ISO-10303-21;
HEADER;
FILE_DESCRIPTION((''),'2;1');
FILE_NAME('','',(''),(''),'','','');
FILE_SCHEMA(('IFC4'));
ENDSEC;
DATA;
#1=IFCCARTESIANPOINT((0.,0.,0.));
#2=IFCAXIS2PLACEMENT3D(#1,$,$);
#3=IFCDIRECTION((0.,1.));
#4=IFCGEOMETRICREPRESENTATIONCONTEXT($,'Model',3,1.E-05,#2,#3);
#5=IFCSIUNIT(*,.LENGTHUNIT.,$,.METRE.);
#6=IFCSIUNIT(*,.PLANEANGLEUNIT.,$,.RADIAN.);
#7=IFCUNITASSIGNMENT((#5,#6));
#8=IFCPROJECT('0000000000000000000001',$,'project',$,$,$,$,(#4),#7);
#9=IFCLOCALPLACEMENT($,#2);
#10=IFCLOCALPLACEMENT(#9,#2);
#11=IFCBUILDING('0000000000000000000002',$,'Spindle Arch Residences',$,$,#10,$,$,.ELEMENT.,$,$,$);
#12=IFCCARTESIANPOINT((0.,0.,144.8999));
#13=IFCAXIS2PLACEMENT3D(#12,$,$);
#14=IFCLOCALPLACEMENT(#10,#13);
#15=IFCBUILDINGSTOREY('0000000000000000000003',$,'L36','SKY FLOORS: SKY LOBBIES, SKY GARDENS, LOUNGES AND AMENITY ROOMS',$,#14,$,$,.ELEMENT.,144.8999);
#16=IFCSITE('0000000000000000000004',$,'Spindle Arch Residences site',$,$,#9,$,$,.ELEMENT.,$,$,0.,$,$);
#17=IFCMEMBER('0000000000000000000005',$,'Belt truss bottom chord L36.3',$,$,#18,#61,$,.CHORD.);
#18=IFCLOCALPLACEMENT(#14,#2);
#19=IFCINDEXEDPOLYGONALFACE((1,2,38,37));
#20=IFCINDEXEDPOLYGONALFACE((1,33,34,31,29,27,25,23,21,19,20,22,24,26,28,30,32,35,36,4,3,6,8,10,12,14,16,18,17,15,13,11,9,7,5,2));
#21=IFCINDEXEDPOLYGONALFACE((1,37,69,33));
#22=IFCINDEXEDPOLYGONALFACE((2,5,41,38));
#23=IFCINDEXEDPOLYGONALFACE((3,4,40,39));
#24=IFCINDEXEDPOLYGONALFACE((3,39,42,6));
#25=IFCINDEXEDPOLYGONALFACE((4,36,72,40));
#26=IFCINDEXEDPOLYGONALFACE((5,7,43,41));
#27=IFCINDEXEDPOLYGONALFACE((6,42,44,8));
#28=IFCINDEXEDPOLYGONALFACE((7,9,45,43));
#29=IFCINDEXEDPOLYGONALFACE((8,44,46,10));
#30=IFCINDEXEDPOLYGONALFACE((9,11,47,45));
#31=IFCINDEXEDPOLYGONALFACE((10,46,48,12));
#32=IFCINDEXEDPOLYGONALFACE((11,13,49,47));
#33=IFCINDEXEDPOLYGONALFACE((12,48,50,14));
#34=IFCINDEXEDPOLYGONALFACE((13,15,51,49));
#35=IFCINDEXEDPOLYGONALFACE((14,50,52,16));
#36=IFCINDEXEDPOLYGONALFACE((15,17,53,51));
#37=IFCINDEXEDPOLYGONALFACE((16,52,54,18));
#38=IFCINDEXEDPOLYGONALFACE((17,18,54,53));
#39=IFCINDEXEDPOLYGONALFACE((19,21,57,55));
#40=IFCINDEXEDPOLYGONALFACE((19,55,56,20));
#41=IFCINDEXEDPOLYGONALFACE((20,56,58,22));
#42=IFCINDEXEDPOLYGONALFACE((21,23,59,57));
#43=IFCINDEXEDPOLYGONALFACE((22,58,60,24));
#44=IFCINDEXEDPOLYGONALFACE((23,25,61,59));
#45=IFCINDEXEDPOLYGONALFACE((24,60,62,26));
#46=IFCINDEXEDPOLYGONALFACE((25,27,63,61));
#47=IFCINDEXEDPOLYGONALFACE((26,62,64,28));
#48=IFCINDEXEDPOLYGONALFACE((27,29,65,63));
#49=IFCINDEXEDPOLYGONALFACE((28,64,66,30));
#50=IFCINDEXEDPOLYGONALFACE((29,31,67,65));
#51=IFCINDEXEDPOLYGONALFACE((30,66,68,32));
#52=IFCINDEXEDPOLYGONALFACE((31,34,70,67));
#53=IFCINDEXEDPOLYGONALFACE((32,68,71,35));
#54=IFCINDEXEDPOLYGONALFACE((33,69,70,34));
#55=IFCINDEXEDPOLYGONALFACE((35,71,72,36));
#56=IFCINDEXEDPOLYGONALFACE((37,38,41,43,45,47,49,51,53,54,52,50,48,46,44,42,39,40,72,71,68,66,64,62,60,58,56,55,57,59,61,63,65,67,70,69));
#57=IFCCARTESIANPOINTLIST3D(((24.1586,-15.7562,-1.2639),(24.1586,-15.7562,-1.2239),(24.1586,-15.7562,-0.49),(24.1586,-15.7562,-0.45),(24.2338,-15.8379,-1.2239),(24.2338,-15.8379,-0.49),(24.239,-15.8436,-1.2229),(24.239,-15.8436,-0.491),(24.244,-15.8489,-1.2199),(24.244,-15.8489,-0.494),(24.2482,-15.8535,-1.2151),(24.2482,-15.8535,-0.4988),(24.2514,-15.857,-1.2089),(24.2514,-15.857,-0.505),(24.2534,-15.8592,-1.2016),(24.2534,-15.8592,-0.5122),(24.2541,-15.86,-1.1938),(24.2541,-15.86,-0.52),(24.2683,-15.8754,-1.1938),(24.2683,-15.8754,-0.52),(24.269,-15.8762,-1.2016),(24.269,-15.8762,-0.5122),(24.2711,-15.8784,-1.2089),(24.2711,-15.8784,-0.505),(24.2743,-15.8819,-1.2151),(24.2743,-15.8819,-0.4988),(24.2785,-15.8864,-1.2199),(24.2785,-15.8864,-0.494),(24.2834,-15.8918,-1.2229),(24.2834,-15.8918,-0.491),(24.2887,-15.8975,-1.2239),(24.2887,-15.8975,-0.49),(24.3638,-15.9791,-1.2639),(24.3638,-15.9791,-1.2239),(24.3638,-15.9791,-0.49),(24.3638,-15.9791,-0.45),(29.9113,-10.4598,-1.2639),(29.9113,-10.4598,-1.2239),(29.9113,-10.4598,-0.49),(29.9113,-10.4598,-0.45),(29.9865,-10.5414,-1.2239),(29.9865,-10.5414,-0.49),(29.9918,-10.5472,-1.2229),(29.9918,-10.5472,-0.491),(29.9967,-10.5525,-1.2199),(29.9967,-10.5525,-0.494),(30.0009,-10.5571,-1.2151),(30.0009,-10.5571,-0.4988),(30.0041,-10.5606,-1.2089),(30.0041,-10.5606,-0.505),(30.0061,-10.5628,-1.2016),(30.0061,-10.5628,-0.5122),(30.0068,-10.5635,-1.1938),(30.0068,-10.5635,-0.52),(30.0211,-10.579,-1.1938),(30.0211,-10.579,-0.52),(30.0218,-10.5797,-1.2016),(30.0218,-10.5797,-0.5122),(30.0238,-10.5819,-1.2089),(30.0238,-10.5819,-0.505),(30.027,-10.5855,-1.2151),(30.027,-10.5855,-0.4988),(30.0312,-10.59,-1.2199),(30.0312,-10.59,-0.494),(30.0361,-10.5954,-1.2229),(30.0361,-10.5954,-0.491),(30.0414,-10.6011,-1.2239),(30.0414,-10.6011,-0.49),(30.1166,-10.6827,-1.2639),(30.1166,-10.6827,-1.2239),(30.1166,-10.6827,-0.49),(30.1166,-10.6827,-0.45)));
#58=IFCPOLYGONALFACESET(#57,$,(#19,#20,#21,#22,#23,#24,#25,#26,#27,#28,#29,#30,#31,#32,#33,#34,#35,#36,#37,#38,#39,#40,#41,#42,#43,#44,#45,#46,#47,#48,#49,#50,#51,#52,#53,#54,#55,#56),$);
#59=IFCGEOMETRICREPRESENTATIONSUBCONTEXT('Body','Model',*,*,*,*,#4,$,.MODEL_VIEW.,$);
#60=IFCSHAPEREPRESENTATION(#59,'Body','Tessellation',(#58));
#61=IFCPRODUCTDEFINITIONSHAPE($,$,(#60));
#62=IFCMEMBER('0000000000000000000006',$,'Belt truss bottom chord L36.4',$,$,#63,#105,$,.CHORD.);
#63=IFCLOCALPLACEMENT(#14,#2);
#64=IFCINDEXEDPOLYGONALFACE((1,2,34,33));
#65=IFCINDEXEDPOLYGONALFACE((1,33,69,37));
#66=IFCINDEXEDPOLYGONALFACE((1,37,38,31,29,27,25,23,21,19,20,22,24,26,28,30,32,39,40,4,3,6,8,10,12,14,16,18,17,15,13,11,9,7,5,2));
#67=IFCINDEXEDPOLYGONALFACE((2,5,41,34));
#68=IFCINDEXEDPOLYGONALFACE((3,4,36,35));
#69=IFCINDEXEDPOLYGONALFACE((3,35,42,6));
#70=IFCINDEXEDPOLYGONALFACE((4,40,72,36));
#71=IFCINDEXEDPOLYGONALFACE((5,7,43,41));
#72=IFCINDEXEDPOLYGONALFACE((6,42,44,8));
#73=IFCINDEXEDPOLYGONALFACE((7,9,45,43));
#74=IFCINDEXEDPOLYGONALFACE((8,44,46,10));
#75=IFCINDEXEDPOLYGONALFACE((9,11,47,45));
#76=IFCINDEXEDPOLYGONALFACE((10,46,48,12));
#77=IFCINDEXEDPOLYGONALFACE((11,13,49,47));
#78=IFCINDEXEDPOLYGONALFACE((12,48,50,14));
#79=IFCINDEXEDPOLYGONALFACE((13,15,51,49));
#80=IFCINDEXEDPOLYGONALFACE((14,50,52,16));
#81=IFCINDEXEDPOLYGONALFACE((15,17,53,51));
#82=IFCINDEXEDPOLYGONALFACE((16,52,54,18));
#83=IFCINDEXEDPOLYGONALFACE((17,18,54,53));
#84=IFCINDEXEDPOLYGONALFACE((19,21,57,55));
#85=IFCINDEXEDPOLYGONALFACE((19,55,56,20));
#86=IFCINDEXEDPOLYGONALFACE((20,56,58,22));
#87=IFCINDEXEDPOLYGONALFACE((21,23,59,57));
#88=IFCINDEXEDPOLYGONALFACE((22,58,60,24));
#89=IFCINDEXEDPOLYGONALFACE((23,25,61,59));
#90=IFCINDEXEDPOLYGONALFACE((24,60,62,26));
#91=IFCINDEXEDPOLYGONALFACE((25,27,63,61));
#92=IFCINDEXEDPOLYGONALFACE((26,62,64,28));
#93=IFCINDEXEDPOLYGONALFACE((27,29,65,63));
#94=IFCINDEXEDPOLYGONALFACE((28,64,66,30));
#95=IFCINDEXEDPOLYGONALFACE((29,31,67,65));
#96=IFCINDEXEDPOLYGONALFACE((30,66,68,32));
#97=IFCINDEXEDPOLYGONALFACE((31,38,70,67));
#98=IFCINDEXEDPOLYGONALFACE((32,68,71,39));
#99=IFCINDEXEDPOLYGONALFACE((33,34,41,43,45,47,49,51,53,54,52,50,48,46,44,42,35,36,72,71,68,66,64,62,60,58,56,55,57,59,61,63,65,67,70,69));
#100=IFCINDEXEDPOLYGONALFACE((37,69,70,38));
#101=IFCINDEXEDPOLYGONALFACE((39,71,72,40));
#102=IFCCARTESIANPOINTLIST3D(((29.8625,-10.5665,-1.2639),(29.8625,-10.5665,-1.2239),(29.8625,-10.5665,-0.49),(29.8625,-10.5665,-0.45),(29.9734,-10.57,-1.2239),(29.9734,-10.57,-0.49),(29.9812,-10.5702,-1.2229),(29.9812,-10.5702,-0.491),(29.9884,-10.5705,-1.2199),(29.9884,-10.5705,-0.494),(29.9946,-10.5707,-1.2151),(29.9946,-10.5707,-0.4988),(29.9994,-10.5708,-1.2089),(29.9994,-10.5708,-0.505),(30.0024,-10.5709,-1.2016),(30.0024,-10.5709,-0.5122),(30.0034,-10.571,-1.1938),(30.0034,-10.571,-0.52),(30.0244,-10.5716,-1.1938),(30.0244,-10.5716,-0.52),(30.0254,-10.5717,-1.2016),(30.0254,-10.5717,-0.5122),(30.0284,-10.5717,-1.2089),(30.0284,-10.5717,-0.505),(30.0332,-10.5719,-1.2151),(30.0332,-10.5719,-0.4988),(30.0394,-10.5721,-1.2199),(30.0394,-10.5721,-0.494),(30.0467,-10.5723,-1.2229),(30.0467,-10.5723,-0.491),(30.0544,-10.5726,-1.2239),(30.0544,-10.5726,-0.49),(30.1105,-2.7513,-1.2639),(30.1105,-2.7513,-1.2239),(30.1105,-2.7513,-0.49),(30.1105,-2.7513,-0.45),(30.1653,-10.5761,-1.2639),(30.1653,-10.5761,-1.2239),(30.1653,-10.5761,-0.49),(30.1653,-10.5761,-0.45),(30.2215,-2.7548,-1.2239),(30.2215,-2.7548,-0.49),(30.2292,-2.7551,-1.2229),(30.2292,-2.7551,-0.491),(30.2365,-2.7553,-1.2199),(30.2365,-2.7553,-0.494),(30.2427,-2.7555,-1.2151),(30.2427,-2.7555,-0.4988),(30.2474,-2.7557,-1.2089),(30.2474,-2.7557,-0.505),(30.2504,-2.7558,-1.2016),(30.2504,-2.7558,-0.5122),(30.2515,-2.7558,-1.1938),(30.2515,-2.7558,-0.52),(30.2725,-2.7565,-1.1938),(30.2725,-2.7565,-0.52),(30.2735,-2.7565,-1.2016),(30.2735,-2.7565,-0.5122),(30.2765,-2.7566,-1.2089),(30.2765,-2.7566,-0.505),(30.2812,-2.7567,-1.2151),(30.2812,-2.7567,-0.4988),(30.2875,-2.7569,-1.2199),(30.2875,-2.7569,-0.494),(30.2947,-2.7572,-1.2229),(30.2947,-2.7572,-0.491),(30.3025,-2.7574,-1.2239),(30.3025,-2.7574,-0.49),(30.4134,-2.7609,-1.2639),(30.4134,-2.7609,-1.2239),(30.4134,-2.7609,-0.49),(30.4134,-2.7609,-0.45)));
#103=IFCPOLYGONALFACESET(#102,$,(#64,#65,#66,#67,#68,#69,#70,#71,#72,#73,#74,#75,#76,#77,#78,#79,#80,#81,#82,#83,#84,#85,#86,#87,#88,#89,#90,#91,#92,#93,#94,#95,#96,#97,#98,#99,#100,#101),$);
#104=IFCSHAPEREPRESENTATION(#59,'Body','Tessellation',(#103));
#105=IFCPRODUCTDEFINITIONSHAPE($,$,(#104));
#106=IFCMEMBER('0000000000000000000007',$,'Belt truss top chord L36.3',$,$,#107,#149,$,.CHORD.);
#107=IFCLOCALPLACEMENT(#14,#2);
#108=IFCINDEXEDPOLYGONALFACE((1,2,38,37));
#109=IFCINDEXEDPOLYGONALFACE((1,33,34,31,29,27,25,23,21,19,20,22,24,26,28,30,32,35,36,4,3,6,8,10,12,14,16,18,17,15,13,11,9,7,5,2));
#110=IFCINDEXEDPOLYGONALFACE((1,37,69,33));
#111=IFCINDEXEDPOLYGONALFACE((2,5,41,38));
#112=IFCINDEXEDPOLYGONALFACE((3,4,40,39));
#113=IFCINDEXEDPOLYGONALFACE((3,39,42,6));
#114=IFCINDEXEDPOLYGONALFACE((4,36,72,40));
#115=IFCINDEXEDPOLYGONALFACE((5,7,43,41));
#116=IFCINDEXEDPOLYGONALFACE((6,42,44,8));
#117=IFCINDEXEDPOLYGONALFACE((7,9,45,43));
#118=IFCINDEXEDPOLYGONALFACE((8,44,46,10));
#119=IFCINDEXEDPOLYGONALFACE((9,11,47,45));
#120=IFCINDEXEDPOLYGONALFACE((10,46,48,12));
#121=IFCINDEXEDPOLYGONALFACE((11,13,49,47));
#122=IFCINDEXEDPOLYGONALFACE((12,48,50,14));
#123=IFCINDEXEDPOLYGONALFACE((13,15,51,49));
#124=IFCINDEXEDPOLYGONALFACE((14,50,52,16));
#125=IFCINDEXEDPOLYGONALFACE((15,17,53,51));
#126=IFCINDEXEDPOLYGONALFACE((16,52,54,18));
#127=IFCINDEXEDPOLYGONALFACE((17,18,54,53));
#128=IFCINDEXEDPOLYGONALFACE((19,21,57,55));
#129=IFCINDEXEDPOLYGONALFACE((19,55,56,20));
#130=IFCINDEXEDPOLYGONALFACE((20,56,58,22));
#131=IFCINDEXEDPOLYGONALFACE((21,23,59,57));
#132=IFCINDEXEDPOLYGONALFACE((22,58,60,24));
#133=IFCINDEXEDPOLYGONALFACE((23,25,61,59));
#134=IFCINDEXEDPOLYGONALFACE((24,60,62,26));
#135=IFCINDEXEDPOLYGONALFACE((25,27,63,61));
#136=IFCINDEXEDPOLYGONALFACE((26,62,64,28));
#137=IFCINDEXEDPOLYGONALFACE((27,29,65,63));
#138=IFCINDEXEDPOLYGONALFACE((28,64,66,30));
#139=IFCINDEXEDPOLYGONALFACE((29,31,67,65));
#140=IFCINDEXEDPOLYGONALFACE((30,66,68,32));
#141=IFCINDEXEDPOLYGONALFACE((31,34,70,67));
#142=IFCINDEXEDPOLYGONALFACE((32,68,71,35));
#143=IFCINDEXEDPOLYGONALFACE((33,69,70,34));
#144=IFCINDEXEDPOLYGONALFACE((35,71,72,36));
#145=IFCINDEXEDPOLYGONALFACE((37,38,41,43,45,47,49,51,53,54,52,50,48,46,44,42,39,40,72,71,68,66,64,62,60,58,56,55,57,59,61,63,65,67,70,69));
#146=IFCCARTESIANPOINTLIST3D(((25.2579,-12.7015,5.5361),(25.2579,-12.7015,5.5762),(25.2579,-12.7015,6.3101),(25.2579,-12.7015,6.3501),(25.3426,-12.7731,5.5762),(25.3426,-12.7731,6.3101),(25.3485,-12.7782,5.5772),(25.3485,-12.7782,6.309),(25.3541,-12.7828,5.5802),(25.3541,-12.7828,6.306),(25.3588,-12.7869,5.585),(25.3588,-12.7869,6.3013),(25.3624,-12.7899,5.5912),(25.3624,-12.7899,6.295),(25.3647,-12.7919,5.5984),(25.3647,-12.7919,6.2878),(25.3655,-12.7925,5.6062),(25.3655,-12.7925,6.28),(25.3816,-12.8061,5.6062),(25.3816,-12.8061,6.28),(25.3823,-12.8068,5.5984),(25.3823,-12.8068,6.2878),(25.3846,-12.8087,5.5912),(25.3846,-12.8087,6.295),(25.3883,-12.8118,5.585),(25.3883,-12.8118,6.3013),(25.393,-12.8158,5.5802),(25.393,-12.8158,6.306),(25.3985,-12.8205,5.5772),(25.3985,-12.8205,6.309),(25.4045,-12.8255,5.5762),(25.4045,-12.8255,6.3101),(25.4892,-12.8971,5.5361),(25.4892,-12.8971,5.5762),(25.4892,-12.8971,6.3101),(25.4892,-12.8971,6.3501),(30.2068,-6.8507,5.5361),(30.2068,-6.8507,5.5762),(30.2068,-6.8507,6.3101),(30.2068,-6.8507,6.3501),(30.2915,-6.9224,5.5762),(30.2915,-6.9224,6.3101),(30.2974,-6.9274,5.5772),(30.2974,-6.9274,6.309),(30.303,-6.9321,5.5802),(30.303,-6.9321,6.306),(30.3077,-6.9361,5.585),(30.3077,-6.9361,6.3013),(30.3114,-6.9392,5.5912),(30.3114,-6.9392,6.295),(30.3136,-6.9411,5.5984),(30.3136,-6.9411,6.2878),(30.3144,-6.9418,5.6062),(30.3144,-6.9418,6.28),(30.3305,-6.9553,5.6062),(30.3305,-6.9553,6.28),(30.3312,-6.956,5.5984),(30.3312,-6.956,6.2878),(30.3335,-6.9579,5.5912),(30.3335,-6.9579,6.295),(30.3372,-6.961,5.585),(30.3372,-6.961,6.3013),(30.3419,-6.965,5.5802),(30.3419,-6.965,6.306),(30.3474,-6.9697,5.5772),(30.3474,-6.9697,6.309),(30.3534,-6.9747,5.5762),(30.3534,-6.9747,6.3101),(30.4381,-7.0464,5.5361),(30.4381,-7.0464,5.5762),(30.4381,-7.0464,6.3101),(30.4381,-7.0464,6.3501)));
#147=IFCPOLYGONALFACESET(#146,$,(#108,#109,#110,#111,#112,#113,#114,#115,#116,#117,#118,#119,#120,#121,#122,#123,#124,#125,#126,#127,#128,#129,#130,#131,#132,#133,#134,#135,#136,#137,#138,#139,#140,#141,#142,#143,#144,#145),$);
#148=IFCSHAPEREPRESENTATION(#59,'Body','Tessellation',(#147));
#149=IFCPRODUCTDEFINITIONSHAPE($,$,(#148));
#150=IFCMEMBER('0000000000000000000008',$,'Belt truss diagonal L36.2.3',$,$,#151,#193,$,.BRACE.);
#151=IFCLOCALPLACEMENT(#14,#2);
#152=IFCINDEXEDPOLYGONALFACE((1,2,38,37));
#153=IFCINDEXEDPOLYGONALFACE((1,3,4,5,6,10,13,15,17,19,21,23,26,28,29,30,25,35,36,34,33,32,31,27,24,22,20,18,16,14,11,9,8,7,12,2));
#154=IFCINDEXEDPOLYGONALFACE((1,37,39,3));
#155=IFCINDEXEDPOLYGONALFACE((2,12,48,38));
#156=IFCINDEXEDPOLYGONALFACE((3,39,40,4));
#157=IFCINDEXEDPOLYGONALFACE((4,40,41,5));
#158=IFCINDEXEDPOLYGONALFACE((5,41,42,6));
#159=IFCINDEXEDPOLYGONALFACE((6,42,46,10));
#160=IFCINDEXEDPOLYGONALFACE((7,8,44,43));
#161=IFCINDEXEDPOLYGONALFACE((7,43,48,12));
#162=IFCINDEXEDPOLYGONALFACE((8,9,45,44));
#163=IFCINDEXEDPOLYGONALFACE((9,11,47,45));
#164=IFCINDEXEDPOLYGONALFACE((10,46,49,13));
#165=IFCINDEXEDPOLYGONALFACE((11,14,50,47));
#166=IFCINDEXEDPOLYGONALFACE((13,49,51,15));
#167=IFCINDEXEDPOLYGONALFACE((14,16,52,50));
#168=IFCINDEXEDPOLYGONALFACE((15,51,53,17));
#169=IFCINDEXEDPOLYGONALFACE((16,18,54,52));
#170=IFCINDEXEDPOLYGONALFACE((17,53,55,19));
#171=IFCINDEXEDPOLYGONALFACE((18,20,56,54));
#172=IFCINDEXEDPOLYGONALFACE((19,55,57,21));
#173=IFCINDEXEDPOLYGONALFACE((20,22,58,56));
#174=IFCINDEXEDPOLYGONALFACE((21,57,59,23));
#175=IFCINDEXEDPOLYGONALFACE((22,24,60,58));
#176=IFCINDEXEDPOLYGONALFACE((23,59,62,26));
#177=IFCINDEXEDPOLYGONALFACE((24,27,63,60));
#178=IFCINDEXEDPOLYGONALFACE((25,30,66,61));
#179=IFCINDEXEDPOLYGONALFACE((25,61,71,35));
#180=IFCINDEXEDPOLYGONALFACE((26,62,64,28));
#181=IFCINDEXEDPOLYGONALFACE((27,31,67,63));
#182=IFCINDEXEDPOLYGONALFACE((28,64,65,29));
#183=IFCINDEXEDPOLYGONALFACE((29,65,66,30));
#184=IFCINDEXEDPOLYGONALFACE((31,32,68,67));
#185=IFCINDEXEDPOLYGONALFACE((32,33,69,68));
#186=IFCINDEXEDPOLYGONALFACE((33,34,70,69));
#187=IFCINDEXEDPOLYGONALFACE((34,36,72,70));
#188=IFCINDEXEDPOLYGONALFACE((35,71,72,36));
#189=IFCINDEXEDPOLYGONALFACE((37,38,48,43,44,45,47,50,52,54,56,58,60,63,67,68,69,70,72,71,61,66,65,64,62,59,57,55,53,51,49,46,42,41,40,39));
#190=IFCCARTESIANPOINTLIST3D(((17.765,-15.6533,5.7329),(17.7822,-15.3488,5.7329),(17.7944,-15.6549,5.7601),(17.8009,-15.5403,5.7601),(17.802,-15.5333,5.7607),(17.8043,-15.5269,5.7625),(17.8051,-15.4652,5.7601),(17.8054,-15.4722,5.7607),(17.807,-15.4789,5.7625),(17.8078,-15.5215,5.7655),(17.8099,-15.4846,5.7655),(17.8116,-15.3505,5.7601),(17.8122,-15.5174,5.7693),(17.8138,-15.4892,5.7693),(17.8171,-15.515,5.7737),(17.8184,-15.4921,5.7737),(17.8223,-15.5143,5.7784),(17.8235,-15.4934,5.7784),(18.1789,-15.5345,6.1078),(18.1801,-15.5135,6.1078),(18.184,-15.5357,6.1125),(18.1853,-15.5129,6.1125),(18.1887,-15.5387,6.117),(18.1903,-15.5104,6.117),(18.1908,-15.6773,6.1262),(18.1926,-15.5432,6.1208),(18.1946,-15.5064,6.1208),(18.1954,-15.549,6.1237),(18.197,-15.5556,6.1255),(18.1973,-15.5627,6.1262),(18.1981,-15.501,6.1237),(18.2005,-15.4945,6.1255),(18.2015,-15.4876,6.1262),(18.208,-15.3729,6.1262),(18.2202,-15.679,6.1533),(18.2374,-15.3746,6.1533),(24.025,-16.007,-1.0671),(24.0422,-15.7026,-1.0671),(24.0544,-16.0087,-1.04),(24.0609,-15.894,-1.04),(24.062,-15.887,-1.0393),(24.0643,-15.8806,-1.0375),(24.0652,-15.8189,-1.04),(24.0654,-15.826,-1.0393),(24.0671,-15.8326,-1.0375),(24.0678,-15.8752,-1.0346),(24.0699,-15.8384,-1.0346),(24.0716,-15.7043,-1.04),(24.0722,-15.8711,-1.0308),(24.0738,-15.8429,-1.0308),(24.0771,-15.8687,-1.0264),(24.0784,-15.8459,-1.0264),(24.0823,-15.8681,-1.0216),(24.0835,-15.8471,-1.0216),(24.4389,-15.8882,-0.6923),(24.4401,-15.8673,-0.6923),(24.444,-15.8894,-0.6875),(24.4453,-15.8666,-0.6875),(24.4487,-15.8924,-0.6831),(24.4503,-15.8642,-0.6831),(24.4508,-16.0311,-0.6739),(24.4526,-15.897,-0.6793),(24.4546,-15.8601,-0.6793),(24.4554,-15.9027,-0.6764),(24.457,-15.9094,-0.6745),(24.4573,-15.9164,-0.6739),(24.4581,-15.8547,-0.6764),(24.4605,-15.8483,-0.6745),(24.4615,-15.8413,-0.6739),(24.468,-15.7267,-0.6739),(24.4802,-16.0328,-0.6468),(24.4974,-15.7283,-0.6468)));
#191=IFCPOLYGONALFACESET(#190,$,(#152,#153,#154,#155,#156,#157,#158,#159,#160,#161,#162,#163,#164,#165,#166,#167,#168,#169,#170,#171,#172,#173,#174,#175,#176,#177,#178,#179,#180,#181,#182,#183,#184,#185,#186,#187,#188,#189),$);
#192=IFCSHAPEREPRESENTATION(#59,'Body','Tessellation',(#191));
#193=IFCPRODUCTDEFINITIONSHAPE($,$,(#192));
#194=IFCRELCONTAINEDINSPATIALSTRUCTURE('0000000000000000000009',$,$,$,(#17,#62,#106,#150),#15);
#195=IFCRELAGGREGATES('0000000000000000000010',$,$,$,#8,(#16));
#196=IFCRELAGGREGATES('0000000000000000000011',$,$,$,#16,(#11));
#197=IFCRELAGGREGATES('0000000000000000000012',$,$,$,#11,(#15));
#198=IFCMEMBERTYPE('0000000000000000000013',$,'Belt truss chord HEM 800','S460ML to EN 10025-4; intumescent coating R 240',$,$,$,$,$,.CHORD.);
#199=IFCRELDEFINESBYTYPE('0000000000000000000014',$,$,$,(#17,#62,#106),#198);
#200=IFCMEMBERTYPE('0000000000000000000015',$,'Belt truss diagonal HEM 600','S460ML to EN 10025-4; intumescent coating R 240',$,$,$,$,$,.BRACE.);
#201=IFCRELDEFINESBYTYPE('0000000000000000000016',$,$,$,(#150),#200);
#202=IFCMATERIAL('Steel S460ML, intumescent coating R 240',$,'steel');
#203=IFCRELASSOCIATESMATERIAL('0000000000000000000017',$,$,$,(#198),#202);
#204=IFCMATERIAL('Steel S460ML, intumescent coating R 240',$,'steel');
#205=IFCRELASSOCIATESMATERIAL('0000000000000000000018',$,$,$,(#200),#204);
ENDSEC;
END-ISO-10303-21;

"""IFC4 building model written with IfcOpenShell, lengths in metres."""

from ifc_helpers import new_model, si_unit, direction, frame, origin, origin_2d, place, context, subcontext, project, spatial, i_section, extrude, material, material_profile, profile_set, type_object, element, save


model = new_model("IFC4")

# Units and contexts
model_context = context("Model", 3, precision=1e-05, world=origin(), true_north=direction((0.0, 1.0)))
body_context = subcontext(model_context, "Body", "Model", "MODEL_VIEW")
ifc_project = project(units=[si_unit("LENGTHUNIT", "METRE"), si_unit("PLANEANGLEUNIT", "RADIAN")], contexts=[model_context])

# Site, building, storey
site_placement = place(None, origin())
site = spatial("IfcSite", under=ifc_project, at=site_placement, Name="Spindle Arch Residences site", CompositionType="ELEMENT", RefElevation=0.0)
building_placement = place(site_placement, origin())
building = spatial("IfcBuilding", under=site, at=building_placement, Name="Spindle Arch Residences", CompositionType="ELEMENT")
storey_placement = place(building_placement, frame((0.0, 0.0, 144.8999)))
storey = spatial("IfcBuildingStorey", under=building, at=storey_placement, Name="L36", Description="SKY FLOORS: SKY LOBBIES, SKY GARDENS, LOUNGES AND AMENITY ROOMS", CompositionType="ELEMENT", Elevation=144.8999)

# Members
ifc_material_1 = material(Name="Steel S460ML, intumescent coating R 240", Category="steel")
ifc_material_profile_1 = material_profile(ifc_material_1, i_section(OverallWidth=0.303, OverallDepth=0.814, WebThickness=0.021, FlangeThickness=0.04, FilletRadius=0.03, at=origin_2d()), Name="HEM 800")
ifc_profile_set_1 = profile_set([ifc_material_profile_1], Name="Steel S460ML, intumescent coating R 240")
member_type_1 = type_object("IfcMemberType", Name="Belt truss chord HEM 800", Description="S460ML to EN 10025-4; intumescent coating R 240", PredefinedType="CHORD", material=ifc_profile_set_1)
member_1_placement = place(storey_placement, frame((24.2612, -15.8677, -0.8569), z_axis=(0.735681, 0.677328, 0.0), x_axis=(-0.677328, 0.735681, 0.0)))
element("IfcMember", 1, at=member_1_placement, inside=storey, type_object=member_type_1, Name="Belt truss bottom chord L36.3", PredefinedType="CHORD", context=body_context, shape_type="SweptSolid", body=[
    extrude(i_section(OverallWidth=0.303, OverallDepth=0.814, WebThickness=0.021, FlangeThickness=0.04, FilletRadius=0.03, at=origin_2d()), origin(), (0.0, 0.0, 1.0), 7.8196),
])
member_2_placement = place(storey_placement, frame((30.0139, -10.5713, -0.8569), z_axis=(0.031723, 0.999497, 0.0), x_axis=(-0.999497, 0.031723, 0.0)))
element("IfcMember", 2, at=member_2_placement, inside=storey, type_object=member_type_1, Name="Belt truss bottom chord L36.4", PredefinedType="CHORD", context=body_context, shape_type="SweptSolid", body=[
    extrude(i_section(OverallWidth=0.303, OverallDepth=0.814, WebThickness=0.021, FlangeThickness=0.04, FilletRadius=0.03, at=origin_2d()), origin(), (0.0, 0.0, 1.0), 7.8191),
])
member_3_placement = place(storey_placement, frame((25.3735, -12.7993, 5.9431), z_axis=(0.645811, 0.763497, 0.0), x_axis=(-0.763497, 0.645811, 0.0)))
element("IfcMember", 3, at=member_3_placement, inside=storey, type_object=member_type_1, Name="Belt truss top chord L36.3", PredefinedType="CHORD", context=body_context, shape_type="SweptSolid", body=[
    extrude(i_section(OverallWidth=0.303, OverallDepth=0.814, WebThickness=0.021, FlangeThickness=0.04, FilletRadius=0.03, at=origin_2d()), origin(), (0.0, 0.0, 1.0), 7.6631),
])
ifc_material_2 = material(Name="Steel S460ML, intumescent coating R 240", Category="steel")
ifc_material_profile_2 = material_profile(ifc_material_2, i_section(OverallWidth=0.3049, OverallDepth=0.6201, WebThickness=0.021, FlangeThickness=0.04, FilletRadius=0.0271, at=origin_2d()), Name="HEM 600")
ifc_profile_set_2 = profile_set([ifc_material_profile_2], Name="Steel S460ML, intumescent coating R 240")
member_type_2 = type_object("IfcMemberType", Name="Belt truss diagonal HEM 600", Description="S460ML to EN 10025-4; intumescent coating R 240", PredefinedType="BRACE", material=ifc_profile_set_2)
member_4_placement = place(storey_placement, frame((24.2612, -15.8677, -0.8569), z_axis=(-0.676793, 0.038246, 0.735179), x_axis=(-0.056421, -0.998407, 0.0)))
element("IfcMember", 4, at=member_4_placement, inside=storey, type_object=member_type_2, Name="Belt truss diagonal L36.2.3", PredefinedType="BRACE", context=body_context, shape_type="SweptSolid", body=[
    extrude(i_section(OverallWidth=0.3049, OverallDepth=0.6201, WebThickness=0.021, FlangeThickness=0.04, FilletRadius=0.0271, at=origin_2d()), origin(), (0.0, 0.0, 1.0), 9.2495),
])

save(model, "model.ifc")
